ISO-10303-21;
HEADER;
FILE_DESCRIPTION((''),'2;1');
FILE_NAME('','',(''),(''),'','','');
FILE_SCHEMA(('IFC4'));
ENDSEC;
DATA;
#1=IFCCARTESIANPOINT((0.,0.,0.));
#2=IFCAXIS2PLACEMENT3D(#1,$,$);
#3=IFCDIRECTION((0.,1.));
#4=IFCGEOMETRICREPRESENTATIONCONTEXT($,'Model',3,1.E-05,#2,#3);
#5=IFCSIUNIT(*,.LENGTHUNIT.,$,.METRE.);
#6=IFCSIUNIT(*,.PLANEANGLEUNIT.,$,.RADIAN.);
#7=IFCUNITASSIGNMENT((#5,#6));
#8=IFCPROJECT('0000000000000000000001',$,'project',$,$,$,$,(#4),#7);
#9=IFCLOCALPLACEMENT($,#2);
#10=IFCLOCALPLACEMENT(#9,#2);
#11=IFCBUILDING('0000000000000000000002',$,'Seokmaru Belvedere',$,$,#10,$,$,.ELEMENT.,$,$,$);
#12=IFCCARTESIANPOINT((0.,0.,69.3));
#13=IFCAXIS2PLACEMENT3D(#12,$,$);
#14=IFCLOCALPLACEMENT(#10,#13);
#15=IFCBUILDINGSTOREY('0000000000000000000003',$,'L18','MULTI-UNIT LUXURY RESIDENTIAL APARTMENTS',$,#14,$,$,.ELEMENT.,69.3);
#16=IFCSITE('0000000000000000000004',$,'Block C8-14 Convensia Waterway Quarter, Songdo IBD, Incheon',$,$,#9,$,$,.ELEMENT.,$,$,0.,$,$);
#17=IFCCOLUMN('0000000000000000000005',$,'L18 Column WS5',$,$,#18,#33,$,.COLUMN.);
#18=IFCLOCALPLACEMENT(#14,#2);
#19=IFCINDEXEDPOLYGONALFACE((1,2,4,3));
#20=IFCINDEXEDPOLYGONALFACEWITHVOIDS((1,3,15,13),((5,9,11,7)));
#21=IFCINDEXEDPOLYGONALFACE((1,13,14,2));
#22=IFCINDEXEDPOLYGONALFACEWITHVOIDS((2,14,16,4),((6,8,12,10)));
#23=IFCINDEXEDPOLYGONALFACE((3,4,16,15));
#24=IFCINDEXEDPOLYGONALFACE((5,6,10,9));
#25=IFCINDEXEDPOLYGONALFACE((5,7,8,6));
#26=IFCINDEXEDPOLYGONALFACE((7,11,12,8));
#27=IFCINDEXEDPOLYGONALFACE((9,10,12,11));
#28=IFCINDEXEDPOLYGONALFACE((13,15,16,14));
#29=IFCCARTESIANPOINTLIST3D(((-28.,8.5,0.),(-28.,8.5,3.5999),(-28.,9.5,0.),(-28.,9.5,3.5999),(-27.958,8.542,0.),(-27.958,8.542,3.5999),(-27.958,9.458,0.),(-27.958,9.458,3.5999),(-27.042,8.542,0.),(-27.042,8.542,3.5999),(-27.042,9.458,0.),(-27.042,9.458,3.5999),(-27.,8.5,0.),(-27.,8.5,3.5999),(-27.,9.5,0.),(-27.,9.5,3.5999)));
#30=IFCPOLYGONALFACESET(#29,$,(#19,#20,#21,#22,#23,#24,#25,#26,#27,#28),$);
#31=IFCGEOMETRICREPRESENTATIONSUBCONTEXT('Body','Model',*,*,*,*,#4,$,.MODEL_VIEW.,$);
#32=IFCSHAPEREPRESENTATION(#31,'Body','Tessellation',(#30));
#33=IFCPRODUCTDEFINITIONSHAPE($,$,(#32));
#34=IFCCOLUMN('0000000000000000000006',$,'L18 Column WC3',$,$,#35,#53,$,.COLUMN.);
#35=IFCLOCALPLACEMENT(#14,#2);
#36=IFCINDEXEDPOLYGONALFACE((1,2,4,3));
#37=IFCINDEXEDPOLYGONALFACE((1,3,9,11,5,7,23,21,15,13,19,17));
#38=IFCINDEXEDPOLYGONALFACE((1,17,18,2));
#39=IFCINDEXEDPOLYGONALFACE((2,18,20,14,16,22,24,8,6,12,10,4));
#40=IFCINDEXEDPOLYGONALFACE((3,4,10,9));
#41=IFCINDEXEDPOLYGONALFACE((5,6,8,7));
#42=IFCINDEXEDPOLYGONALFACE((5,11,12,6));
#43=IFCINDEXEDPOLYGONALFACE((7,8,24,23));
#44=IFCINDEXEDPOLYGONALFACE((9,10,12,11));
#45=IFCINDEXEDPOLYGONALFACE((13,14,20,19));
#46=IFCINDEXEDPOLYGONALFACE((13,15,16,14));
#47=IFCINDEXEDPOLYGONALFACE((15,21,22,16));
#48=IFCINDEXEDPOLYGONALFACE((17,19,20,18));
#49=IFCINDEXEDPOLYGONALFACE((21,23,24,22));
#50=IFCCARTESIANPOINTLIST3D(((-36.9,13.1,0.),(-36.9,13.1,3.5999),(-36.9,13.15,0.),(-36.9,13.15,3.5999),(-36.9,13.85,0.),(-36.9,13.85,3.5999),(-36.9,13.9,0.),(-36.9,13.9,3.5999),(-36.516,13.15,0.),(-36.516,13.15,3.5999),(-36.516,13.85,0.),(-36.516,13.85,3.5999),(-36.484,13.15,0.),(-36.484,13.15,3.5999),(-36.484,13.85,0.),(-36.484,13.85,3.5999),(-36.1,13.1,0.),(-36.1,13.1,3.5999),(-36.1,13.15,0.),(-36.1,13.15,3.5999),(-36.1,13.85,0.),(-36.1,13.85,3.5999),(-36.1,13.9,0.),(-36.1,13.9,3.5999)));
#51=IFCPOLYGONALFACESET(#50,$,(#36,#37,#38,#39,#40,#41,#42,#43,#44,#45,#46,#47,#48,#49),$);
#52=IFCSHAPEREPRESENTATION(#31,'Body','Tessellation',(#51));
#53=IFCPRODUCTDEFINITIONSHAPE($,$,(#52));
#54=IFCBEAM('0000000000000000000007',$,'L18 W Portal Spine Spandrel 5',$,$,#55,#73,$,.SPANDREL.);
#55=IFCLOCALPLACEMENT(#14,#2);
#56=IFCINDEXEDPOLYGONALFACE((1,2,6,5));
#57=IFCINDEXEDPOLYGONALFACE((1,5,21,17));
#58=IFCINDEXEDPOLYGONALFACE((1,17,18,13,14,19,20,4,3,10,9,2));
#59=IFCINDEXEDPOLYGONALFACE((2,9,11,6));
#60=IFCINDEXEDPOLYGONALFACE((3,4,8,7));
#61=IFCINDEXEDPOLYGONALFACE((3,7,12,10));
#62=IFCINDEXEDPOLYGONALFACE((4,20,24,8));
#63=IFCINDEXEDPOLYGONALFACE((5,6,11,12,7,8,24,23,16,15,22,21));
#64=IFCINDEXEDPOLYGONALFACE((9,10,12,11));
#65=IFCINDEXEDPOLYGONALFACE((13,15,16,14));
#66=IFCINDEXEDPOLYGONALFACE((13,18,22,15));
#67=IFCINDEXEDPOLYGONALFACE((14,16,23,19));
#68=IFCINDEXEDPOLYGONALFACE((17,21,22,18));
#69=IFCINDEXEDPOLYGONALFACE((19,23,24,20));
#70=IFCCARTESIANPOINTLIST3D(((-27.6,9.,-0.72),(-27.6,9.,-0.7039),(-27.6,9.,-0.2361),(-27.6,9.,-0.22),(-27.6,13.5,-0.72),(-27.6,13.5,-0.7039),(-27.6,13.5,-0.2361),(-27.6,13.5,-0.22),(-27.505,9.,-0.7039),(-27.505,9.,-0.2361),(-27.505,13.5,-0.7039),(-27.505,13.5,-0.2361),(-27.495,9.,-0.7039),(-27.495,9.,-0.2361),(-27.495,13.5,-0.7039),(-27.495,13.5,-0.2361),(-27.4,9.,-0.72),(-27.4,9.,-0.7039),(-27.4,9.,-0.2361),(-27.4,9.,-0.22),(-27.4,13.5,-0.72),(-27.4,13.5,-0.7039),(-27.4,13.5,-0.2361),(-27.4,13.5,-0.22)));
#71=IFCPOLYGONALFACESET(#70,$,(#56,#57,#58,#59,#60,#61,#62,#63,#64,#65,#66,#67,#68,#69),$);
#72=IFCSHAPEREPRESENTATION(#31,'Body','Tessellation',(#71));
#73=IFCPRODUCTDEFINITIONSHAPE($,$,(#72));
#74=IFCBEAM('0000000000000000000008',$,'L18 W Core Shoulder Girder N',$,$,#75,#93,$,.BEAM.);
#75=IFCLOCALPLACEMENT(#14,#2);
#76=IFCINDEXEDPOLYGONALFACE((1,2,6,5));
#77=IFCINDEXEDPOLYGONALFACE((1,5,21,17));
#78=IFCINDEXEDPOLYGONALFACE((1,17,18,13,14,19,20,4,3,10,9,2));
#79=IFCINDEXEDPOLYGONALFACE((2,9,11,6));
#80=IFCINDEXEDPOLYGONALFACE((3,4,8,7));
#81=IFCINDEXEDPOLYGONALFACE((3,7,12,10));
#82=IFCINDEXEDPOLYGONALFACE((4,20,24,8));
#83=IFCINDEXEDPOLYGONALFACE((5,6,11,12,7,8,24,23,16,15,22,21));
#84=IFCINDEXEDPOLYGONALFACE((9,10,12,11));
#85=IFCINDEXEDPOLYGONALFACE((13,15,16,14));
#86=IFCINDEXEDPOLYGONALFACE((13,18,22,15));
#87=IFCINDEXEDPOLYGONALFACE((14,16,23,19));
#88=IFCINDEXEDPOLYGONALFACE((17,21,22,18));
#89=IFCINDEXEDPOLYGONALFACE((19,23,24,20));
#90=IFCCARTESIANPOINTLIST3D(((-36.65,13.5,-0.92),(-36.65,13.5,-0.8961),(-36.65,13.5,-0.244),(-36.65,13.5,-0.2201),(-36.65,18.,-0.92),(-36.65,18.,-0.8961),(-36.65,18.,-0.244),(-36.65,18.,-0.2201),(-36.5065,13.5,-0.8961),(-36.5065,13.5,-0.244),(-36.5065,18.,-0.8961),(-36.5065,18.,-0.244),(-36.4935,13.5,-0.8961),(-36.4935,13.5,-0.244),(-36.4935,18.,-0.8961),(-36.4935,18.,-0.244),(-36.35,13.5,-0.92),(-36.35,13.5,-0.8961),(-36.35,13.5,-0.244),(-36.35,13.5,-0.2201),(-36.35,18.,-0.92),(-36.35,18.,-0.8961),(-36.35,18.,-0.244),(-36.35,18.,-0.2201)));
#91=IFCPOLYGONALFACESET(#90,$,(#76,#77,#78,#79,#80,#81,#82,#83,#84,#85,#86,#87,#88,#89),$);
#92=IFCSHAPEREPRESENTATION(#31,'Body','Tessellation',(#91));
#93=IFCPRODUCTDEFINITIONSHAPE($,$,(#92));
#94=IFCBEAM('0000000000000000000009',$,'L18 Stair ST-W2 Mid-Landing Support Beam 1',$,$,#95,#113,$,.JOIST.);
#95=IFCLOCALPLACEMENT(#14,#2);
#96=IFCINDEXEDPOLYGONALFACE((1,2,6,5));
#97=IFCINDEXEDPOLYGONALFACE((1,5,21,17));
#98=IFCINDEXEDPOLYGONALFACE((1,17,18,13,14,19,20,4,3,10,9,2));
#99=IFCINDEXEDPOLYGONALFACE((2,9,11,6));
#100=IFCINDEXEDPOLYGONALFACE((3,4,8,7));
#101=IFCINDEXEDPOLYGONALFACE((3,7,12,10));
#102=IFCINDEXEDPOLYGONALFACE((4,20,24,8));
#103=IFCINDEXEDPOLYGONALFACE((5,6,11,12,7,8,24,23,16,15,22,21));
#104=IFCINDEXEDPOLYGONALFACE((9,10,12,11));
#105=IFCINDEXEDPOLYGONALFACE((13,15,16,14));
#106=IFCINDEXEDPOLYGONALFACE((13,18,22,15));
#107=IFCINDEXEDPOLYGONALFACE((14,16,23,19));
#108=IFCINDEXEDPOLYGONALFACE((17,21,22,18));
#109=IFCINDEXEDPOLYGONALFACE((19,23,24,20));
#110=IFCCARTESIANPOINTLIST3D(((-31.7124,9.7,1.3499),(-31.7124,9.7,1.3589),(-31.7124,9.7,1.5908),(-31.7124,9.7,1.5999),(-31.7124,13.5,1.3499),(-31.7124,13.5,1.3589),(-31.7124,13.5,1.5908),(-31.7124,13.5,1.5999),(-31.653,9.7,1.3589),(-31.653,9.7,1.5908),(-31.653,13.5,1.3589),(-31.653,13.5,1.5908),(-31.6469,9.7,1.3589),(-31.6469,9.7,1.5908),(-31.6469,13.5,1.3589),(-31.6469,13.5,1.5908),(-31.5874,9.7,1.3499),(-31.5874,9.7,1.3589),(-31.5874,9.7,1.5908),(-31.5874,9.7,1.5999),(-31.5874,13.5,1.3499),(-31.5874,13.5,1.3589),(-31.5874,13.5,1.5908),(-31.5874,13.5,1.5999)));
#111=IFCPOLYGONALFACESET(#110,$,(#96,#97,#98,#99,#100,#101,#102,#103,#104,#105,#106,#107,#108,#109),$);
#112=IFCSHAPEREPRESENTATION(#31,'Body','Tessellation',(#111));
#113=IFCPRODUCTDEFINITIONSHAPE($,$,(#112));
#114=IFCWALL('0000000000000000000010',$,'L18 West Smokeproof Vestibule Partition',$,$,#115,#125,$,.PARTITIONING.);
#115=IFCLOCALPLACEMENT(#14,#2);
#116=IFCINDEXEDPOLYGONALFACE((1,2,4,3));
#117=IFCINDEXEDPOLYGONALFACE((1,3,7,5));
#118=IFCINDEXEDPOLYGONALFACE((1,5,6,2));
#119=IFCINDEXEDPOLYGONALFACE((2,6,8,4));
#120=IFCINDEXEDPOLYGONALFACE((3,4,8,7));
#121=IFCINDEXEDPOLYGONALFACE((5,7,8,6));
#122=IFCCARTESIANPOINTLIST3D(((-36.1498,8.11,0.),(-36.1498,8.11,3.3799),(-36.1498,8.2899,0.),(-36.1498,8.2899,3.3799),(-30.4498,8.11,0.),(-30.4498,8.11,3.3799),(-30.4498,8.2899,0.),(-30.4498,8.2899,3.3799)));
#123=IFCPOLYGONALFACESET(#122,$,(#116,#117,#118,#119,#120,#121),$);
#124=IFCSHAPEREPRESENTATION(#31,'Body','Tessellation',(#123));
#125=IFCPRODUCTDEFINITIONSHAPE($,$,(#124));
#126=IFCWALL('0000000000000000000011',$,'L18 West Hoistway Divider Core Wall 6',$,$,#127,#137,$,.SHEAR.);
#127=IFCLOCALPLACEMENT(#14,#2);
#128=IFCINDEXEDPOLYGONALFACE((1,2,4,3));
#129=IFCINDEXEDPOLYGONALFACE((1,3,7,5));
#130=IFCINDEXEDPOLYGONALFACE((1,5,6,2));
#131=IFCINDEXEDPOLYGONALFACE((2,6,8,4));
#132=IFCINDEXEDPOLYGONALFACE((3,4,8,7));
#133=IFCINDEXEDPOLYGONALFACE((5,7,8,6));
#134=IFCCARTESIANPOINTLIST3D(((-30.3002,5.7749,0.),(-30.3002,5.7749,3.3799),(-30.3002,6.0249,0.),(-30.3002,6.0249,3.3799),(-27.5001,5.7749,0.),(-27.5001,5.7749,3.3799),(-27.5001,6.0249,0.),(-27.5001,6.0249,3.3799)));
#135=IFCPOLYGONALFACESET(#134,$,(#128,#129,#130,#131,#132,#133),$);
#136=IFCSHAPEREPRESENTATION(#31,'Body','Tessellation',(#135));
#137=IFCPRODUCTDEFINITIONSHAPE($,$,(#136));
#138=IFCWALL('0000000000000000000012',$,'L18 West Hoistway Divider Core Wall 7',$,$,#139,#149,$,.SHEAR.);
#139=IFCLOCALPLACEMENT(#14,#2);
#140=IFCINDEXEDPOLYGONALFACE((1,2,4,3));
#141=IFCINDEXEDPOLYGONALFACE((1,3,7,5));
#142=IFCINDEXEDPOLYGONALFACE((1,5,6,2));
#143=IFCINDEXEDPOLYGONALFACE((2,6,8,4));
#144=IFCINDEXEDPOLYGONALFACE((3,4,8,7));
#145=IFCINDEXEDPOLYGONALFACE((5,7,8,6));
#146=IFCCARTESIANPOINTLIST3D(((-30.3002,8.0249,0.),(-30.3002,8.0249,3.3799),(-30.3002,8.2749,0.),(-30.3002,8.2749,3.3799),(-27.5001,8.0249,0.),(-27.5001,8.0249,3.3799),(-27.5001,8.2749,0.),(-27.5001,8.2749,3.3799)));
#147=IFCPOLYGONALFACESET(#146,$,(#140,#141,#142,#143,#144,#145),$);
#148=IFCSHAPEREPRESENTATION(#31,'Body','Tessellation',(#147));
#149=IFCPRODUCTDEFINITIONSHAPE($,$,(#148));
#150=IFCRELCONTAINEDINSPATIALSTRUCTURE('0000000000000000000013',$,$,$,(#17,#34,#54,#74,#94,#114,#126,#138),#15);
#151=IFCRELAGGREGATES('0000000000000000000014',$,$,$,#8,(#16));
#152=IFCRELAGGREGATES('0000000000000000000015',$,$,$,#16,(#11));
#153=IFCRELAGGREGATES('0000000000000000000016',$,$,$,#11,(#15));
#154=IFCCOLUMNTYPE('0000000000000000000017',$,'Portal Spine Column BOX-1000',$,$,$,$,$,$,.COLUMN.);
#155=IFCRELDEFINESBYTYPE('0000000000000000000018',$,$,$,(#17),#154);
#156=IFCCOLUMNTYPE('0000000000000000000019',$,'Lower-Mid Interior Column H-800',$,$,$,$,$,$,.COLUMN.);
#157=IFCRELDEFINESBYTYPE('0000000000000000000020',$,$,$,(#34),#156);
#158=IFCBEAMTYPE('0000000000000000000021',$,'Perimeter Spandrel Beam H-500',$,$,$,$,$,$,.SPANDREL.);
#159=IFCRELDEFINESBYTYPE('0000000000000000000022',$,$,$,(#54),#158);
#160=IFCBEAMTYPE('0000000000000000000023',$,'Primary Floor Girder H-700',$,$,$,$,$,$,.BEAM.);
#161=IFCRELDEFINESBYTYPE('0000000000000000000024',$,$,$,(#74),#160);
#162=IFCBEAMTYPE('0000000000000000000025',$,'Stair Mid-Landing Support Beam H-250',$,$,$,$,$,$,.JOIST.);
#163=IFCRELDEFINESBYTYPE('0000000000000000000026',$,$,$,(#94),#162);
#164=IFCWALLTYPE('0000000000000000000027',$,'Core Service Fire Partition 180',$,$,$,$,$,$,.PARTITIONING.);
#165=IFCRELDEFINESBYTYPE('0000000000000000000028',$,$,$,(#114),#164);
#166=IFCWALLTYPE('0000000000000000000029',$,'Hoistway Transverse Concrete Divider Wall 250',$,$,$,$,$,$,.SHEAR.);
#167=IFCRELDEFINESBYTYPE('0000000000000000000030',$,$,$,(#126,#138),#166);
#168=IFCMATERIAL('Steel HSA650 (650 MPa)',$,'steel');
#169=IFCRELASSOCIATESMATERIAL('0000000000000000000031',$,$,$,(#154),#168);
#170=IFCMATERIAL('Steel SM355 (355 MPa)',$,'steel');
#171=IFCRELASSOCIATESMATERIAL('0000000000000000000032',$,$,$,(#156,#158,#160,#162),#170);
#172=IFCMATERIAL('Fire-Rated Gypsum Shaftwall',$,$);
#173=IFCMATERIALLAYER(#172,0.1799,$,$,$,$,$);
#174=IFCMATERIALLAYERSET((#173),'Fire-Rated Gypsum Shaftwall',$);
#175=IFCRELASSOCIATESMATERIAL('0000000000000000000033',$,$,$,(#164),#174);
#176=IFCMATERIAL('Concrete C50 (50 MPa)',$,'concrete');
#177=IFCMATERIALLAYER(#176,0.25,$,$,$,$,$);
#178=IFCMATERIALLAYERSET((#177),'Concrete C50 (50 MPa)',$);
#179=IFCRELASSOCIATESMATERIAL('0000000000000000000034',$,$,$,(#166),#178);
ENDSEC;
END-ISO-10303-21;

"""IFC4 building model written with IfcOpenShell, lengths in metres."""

from ifc_helpers import new_model, si_unit, direction, frame, frame_2d, origin, origin_2d, place, context, subcontext, project, spatial, rectangle, hollow_rectangle, i_section, extrude, source, transform, mapped, material, layer, layer_set, material_profile, profile_set, type_object, type_shapes, element, save


model = new_model("IFC4")

# Units and contexts
model_context = context("Model", 3, precision=1e-05, world=origin(), true_north=direction((0.0, 1.0)))
body_context = subcontext(model_context, "Body", "Model", "MODEL_VIEW")
ifc_project = project(units=[si_unit("LENGTHUNIT", "METRE"), si_unit("PLANEANGLEUNIT", "RADIAN")], contexts=[model_context])

# Site, building, storey
site_placement = place(None, origin())
site = spatial("IfcSite", under=ifc_project, at=site_placement, Name="Block C8-14 Convensia Waterway Quarter, Songdo IBD, Incheon", CompositionType="ELEMENT", RefElevation=0.0)
building_placement = place(site_placement, origin())
building = spatial("IfcBuilding", under=site, at=building_placement, Name="Seokmaru Belvedere", CompositionType="ELEMENT")
storey_placement = place(building_placement, frame((0.0, 0.0, 69.3)))
storey = spatial("IfcBuildingStorey", under=building, at=storey_placement, Name="L18", Description="MULTI-UNIT LUXURY RESIDENTIAL APARTMENTS", CompositionType="ELEMENT", Elevation=69.3)

# Columns
ifc_material_1 = material(Name="Steel HSA650 (650 MPa)", Category="steel")
ifc_material_profile_1 = material_profile(ifc_material_1, hollow_rectangle(XDim=1.0, YDim=1.0, WallThickness=0.042, at=origin_2d()), Name="BOX-1000x1000x42")
ifc_profile_set_1 = profile_set([ifc_material_profile_1], Name="Steel HSA650 (650 MPa)")
column_type_1 = type_object("IfcColumnType", Name="Portal Spine Column BOX-1000", PredefinedType="COLUMN", material=ifc_profile_set_1)
shared_shape_1 = source(origin(), body_context, "Body", "SweptSolid", [
    extrude(hollow_rectangle(XDim=1.0, YDim=1.0, WallThickness=0.042, at=origin_2d()), origin(), (0.0, 0.0, 1.0), 3.5999),
])
type_shapes(column_type_1, [shared_shape_1])
column_1_placement = place(storey_placement, frame((-27.5, 9.0, 0.0), z_axis=(0.0, 0.0, 1.0), x_axis=(1.0, 0.0, 0.0)))
element("IfcColumn", 1, at=column_1_placement, inside=storey, type_object=column_type_1, Name="L18 Column WS5", PredefinedType="COLUMN", context=body_context, shape_type="MappedRepresentation", body=[
    mapped(shared_shape_1, transform((0.0, 0.0, 0.0), scale=1.0)),
])
ifc_material_2 = material(Name="Steel SM355 (355 MPa)", Category="steel")
ifc_material_profile_2 = material_profile(ifc_material_2, i_section(OverallWidth=0.8, OverallDepth=0.8, WebThickness=0.032, FlangeThickness=0.05, at=origin_2d()), Name="H-800x800x32x50")
ifc_profile_set_2 = profile_set([ifc_material_profile_2], Name="Steel SM355 (355 MPa)")
column_type_2 = type_object("IfcColumnType", Name="Lower-Mid Interior Column H-800", PredefinedType="COLUMN", material=ifc_profile_set_2)
shared_shape_2 = source(origin(), body_context, "Body", "SweptSolid", [
    extrude(i_section(OverallWidth=0.8, OverallDepth=0.8, WebThickness=0.032, FlangeThickness=0.05, at=origin_2d()), origin(), (0.0, 0.0, 1.0), 3.5999),
])
type_shapes(column_type_2, [shared_shape_2])
column_2_placement = place(storey_placement, frame((-36.5, 13.5, 0.0), z_axis=(0.0, 0.0, 1.0), x_axis=(1.0, 0.0, 0.0)))
element("IfcColumn", 2, at=column_2_placement, inside=storey, type_object=column_type_2, Name="L18 Column WC3", PredefinedType="COLUMN", context=body_context, shape_type="MappedRepresentation", body=[
    mapped(shared_shape_2, transform((0.0, 0.0, 0.0), scale=1.0)),
])

# Beams
ifc_material_profile_3 = material_profile(ifc_material_2, i_section(OverallWidth=0.2, OverallDepth=0.5, WebThickness=0.01, FlangeThickness=0.0161, at=origin_2d()), Name="H-500x200x10x16")
ifc_profile_set_3 = profile_set([ifc_material_profile_3], Name="Steel SM355 (355 MPa)")
beam_type_1 = type_object("IfcBeamType", Name="Perimeter Spandrel Beam H-500", PredefinedType="SPANDREL", material=ifc_profile_set_3)
shared_shape_3 = source(origin(), body_context, "Body", "SweptSolid", [
    extrude(i_section(OverallWidth=0.2, OverallDepth=0.5, WebThickness=0.01, FlangeThickness=0.0161, at=origin_2d()), origin(), (0.0, 0.0, 1.0), 4.5),
])
type_shapes(beam_type_1, [shared_shape_3])
beam_1_placement = place(storey_placement, frame((-27.5, 9.0, -0.47), z_axis=(0.0, 1.0, 0.0), x_axis=(-1.0, 0.0, 0.0)))
element("IfcBeam", 3, at=beam_1_placement, inside=storey, type_object=beam_type_1, Name="L18 W Portal Spine Spandrel 5", PredefinedType="SPANDREL", context=body_context, shape_type="MappedRepresentation", body=[
    mapped(shared_shape_3, transform((0.0, 0.0, 0.0), scale=1.0)),
])
ifc_material_profile_4 = material_profile(ifc_material_2, i_section(OverallWidth=0.3, OverallDepth=0.7, WebThickness=0.0129, FlangeThickness=0.0239, at=origin_2d()), Name="H-700x300x13x24")
ifc_profile_set_4 = profile_set([ifc_material_profile_4], Name="Steel SM355 (355 MPa)")
beam_type_2 = type_object("IfcBeamType", Name="Primary Floor Girder H-700", PredefinedType="BEAM", material=ifc_profile_set_4)
shared_shape_4 = source(origin(), body_context, "Body", "SweptSolid", [
    extrude(i_section(OverallWidth=0.3, OverallDepth=0.7, WebThickness=0.0129, FlangeThickness=0.0239, at=origin_2d()), origin(), (0.0, 0.0, 1.0), 4.5),
])
type_shapes(beam_type_2, [shared_shape_4])
beam_2_placement = place(storey_placement, frame((-36.5, 13.5, -0.5701), z_axis=(0.0, 1.0, 0.0), x_axis=(-1.0, 0.0, 0.0)))
element("IfcBeam", 4, at=beam_2_placement, inside=storey, type_object=beam_type_2, Name="L18 W Core Shoulder Girder N", PredefinedType="BEAM", context=body_context, shape_type="MappedRepresentation", body=[
    mapped(shared_shape_4, transform((0.0, 0.0, 0.0), scale=1.0)),
])
ifc_material_profile_5 = material_profile(ifc_material_2, i_section(OverallWidth=0.125, OverallDepth=0.25, WebThickness=0.0061, FlangeThickness=0.009, at=origin_2d()), Name="H-250x125x6x9")
ifc_profile_set_5 = profile_set([ifc_material_profile_5], Name="Steel SM355 (355 MPa)")
beam_type_3 = type_object("IfcBeamType", Name="Stair Mid-Landing Support Beam H-250", PredefinedType="JOIST", material=ifc_profile_set_5)
shared_shape_5 = source(origin(), body_context, "Body", "SweptSolid", [
    extrude(i_section(OverallWidth=0.125, OverallDepth=0.25, WebThickness=0.0061, FlangeThickness=0.009, at=origin_2d()), origin(), (0.0, 0.0, 1.0), 3.8),
])
type_shapes(beam_type_3, [shared_shape_5])
beam_3_placement = place(storey_placement, frame((-31.6499, 9.7, 1.4749), z_axis=(0.0, 1.0, 0.0), x_axis=(-1.0, 0.0, 0.0)))
element("IfcBeam", 5, at=beam_3_placement, inside=storey, type_object=beam_type_3, Name="L18 Stair ST-W2 Mid-Landing Support Beam 1", PredefinedType="JOIST", context=body_context, shape_type="MappedRepresentation", body=[
    mapped(shared_shape_5, transform((0.0, 0.0, 0.0), scale=1.0)),
])

# Walls
ifc_material_3 = material(Name="Fire-Rated Gypsum Shaftwall")
ifc_layer_1 = layer(ifc_material_3, 0.1799)
ifc_layer_set_1 = layer_set([ifc_layer_1], Name="Fire-Rated Gypsum Shaftwall")
wall_type_1 = type_object("IfcWallType", Name="Core Service Fire Partition 180", PredefinedType="PARTITIONING", material=ifc_layer_set_1)
wall_1_placement = place(storey_placement, frame((-36.1499, 8.2, 0.0), z_axis=(0.0, 0.0, 1.0), x_axis=(1.0, 0.0, 0.0)))
element("IfcWall", 6, at=wall_1_placement, inside=storey, type_object=wall_type_1, Name="L18 West Smokeproof Vestibule Partition", PredefinedType="PARTITIONING", context=body_context, shape_type="SweptSolid", body=[
    extrude(rectangle(XDim=5.7, YDim=0.1799, at=frame_2d((2.8501, 0.0))), origin(), (0.0, 0.0, 1.0), 3.3799),
])
ifc_material_4 = material(Name="Concrete C50 (50 MPa)", Category="concrete")
ifc_layer_2 = layer(ifc_material_4, 0.25)
ifc_layer_set_2 = layer_set([ifc_layer_2], Name="Concrete C50 (50 MPa)")
wall_type_2 = type_object("IfcWallType", Name="Hoistway Transverse Concrete Divider Wall 250", PredefinedType="SHEAR", material=ifc_layer_set_2)
for number, where, z_axis, x_axis, name in (
    (7, (-30.3, 5.8999, 0.0), (0.0, 0.0, 1.0), (1.0, 0.0, 0.0), "L18 West Hoistway Divider Core Wall 6"),
    (8, (-30.3, 8.1499, 0.0), (0.0, 0.0, 1.0), (1.0, 0.0, 0.0), "L18 West Hoistway Divider Core Wall 7"),
):
    element("IfcWall", number, at=place(storey_placement, frame(where, z_axis=z_axis, x_axis=x_axis)), inside=storey, type_object=wall_type_2, Name=name, PredefinedType="SHEAR", context=body_context, shape_type="SweptSolid", body=[
        extrude(rectangle(XDim=2.8, YDim=0.25, at=frame_2d((1.3999, 0.0))), origin(), (0.0, 0.0, 1.0), 3.3799),
    ])

save(model, "model.ifc")
